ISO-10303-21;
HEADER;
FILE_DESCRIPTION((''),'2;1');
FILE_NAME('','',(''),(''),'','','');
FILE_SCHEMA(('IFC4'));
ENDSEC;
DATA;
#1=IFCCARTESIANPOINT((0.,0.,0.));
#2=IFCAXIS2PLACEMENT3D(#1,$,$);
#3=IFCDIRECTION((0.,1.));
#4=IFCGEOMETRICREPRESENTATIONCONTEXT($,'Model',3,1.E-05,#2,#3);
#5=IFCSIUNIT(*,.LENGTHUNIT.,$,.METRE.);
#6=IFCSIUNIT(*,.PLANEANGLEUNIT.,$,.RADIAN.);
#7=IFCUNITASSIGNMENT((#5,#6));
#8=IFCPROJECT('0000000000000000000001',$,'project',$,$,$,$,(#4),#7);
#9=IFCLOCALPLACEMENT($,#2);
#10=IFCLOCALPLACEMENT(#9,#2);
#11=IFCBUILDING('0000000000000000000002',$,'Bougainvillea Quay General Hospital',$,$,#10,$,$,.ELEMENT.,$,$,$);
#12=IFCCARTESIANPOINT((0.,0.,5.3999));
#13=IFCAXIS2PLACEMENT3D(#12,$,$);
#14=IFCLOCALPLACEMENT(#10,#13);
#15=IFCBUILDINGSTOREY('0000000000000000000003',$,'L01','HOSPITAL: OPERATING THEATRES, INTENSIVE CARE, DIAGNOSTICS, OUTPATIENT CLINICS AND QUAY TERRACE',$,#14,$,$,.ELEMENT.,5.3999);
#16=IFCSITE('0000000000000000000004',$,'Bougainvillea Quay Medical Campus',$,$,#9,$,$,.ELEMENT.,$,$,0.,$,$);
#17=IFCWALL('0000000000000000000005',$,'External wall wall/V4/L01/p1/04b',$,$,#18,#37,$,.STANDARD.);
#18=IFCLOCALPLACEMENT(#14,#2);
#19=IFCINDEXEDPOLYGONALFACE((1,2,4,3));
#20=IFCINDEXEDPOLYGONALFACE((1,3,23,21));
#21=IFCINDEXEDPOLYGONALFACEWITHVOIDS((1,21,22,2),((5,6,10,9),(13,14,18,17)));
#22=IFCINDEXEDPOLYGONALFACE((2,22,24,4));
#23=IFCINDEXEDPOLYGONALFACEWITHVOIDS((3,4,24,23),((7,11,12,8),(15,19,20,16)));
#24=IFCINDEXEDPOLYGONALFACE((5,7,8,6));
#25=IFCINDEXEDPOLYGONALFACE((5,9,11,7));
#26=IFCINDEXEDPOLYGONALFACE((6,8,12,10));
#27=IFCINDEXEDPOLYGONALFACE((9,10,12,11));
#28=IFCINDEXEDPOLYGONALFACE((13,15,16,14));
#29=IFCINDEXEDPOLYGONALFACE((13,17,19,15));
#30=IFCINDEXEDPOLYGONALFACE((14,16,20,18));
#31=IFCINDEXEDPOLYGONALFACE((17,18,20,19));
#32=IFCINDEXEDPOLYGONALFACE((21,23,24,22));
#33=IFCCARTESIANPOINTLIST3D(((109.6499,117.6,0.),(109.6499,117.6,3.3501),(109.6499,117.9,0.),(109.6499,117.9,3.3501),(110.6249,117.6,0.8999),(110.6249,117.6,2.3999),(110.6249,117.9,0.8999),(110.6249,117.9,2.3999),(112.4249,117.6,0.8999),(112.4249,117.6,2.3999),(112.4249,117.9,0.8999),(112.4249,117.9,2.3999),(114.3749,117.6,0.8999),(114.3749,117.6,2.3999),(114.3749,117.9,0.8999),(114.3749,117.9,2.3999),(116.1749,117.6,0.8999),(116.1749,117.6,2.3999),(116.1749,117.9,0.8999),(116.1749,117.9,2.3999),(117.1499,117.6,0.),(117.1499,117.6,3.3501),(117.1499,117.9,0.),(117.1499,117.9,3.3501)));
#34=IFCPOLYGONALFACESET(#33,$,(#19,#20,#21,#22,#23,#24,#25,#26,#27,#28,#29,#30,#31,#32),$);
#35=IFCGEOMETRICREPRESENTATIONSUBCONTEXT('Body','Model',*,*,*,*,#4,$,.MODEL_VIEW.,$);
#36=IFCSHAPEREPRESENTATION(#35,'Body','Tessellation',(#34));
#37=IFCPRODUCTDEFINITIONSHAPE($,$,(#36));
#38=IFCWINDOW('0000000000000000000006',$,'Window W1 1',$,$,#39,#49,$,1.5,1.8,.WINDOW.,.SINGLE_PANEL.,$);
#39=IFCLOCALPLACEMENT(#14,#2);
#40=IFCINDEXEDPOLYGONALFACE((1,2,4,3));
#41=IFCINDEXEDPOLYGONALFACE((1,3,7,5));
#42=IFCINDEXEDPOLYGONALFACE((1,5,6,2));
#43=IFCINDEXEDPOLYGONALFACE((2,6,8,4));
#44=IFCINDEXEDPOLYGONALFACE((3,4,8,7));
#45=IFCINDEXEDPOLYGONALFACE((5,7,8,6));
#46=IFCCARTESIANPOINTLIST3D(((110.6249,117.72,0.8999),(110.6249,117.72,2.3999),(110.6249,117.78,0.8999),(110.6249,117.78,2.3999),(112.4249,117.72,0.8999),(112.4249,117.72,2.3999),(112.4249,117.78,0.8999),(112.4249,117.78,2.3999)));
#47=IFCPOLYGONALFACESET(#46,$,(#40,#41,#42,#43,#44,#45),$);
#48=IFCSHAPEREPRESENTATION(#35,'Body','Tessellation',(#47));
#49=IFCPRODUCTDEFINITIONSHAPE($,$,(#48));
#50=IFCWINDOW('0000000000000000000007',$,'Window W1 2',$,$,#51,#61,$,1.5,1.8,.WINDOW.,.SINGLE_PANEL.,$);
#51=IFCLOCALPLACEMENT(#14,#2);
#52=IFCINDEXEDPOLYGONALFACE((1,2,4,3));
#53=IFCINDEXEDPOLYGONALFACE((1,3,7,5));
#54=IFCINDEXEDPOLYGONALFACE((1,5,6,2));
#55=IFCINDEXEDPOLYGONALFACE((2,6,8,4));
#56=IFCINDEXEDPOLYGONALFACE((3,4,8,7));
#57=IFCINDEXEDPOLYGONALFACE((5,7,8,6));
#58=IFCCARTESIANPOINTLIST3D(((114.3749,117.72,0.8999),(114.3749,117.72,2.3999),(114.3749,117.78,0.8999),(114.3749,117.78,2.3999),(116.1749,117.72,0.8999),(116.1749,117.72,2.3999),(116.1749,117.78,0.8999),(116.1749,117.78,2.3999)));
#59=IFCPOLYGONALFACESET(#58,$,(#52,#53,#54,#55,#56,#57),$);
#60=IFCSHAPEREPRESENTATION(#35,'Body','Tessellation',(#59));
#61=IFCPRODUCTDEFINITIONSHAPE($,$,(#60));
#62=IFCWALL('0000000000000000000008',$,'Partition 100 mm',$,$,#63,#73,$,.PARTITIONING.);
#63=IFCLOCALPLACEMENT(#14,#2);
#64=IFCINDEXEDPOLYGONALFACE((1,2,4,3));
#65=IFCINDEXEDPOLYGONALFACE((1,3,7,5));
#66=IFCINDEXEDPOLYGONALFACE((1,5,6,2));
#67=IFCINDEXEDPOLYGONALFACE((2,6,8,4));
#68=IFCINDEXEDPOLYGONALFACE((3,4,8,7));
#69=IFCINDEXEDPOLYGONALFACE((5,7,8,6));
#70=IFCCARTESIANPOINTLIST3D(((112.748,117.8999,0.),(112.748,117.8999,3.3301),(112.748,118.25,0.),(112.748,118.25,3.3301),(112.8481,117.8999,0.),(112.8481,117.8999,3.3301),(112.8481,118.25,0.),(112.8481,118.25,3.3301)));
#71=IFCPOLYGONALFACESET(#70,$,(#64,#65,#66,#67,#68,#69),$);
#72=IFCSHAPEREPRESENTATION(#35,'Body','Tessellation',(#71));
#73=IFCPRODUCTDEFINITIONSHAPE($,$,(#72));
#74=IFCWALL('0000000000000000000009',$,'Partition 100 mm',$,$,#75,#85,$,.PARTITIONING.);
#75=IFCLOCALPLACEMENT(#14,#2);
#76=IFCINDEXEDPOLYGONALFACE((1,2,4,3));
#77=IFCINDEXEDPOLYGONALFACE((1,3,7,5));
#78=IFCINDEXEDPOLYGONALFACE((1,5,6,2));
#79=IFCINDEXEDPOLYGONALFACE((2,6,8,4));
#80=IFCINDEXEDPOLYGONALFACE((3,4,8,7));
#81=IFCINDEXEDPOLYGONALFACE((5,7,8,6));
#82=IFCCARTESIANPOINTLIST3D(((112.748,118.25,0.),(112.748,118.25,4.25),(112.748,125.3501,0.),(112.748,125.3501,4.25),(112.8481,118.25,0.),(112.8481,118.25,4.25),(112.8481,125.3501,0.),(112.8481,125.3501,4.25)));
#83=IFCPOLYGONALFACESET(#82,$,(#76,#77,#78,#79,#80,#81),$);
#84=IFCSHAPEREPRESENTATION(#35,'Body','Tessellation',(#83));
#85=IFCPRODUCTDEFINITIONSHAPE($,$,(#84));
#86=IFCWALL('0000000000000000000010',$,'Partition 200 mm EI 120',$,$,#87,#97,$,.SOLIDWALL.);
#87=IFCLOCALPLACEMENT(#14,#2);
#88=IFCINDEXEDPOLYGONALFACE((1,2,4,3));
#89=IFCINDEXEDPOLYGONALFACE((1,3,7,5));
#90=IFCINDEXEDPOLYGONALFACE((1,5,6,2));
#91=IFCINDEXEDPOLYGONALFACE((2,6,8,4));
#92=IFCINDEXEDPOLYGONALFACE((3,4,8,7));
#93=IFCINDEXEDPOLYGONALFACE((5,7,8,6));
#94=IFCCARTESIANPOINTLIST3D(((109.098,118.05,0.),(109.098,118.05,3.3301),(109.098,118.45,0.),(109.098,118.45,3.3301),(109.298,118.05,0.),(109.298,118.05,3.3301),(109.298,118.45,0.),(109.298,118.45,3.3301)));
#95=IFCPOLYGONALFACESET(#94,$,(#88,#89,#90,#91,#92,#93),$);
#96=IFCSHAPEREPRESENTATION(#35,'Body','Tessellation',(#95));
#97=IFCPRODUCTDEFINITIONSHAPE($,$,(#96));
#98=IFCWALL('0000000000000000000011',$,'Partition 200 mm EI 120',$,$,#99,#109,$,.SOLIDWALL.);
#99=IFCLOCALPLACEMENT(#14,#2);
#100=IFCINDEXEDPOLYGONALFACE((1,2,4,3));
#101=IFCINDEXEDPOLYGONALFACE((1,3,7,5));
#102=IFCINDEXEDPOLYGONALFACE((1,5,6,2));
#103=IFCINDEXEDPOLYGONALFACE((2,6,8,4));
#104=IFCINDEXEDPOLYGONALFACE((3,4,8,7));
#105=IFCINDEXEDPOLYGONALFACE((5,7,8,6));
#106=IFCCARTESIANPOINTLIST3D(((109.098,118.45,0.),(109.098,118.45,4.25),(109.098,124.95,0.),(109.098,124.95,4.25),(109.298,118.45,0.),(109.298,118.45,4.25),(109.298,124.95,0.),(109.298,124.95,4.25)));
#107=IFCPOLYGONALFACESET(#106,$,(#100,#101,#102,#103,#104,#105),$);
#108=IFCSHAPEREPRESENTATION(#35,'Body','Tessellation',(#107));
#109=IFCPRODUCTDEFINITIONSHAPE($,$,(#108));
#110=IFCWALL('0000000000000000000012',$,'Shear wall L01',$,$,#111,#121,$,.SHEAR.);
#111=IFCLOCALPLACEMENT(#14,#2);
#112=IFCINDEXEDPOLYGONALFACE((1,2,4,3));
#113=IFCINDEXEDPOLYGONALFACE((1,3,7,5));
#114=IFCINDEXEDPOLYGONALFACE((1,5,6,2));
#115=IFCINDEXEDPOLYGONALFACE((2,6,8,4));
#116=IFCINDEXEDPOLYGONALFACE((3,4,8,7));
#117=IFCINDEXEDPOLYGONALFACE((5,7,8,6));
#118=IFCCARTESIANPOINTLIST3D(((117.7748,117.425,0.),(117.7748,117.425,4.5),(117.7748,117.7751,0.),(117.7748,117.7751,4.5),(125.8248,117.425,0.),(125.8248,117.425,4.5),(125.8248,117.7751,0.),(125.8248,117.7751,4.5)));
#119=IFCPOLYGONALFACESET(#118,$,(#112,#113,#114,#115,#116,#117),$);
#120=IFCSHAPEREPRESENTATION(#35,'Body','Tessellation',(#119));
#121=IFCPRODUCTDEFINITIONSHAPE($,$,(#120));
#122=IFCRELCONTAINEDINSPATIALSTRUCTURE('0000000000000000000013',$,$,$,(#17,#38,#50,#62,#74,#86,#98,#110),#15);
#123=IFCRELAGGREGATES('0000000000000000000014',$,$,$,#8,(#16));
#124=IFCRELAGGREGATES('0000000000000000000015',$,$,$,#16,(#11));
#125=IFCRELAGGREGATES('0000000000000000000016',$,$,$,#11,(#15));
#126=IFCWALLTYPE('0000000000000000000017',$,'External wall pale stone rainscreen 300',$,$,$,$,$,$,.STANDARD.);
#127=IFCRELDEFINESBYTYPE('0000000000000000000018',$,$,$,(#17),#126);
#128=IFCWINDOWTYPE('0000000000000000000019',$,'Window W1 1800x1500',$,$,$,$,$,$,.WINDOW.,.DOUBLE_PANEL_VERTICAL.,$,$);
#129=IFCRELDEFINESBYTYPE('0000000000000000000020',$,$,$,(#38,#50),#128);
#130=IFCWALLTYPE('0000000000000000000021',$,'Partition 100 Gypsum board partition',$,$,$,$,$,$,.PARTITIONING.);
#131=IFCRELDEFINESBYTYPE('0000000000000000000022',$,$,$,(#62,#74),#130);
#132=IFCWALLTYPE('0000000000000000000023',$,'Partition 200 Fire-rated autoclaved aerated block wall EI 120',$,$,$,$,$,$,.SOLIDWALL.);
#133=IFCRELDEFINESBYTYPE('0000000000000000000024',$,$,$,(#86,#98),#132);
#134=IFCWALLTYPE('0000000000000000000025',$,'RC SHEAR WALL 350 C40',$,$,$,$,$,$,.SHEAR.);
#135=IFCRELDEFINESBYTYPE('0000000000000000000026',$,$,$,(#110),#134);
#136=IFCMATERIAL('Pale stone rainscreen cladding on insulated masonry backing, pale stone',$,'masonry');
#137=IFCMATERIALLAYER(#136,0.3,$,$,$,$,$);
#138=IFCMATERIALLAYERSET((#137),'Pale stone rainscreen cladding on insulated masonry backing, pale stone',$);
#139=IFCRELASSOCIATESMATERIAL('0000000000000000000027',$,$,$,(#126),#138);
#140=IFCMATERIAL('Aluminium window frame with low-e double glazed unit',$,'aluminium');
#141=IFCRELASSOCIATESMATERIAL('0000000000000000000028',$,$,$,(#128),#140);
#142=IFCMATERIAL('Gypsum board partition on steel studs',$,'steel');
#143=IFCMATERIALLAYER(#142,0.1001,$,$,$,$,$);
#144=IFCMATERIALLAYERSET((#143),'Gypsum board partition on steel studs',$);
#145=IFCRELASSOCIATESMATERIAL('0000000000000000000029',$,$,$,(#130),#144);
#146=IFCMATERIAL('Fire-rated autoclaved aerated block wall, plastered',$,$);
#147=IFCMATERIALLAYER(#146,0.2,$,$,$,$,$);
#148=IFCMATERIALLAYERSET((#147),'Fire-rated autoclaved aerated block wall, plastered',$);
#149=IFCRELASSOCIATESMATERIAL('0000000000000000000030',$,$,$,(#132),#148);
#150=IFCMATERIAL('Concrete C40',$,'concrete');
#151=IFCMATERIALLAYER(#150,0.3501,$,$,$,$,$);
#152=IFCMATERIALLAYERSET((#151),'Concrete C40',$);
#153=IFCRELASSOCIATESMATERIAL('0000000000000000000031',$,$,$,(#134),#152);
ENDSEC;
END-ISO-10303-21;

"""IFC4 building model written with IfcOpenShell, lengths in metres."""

from ifc_helpers import new_model, si_unit, direction, frame, frame_2d, origin, place, context, subcontext, project, spatial, rectangle, extrude, material, layer, layer_set, type_object, element, fill, save


model = new_model("IFC4")

# Units and contexts
model_context = context("Model", 3, precision=1e-05, world=origin(), true_north=direction((0.0, 1.0)))
body_context = subcontext(model_context, "Body", "Model", "MODEL_VIEW")
ifc_project = project(units=[si_unit("LENGTHUNIT", "METRE"), si_unit("PLANEANGLEUNIT", "RADIAN")], contexts=[model_context])

# Site, building, storey
site_placement = place(None, origin())
site = spatial("IfcSite", under=ifc_project, at=site_placement, Name="Bougainvillea Quay Medical Campus", CompositionType="ELEMENT", RefElevation=0.0)
building_placement = place(site_placement, origin())
building = spatial("IfcBuilding", under=site, at=building_placement, Name="Bougainvillea Quay General Hospital", CompositionType="ELEMENT")
storey_placement = place(building_placement, frame((0.0, 0.0, 5.3999)))
storey = spatial("IfcBuildingStorey", under=building, at=storey_placement, Name="L01", Description="HOSPITAL: OPERATING THEATRES, INTENSIVE CARE, DIAGNOSTICS, OUTPATIENT CLINICS AND QUAY TERRACE", CompositionType="ELEMENT", Elevation=5.3999)

# Shared definitions
ifc_material_1 = material(Name="Concrete C40", Category="concrete")

# Wall, openings, windows
ifc_material_2 = material(Name="Pale stone rainscreen cladding on insulated masonry backing, pale stone", Category="masonry")
ifc_layer_1 = layer(ifc_material_2, 0.3)
ifc_layer_set_1 = layer_set([ifc_layer_1], Name="Pale stone rainscreen cladding on insulated masonry backing, pale stone")
wall_type_1 = type_object("IfcWallType", Name="External wall pale stone rainscreen 300", PredefinedType="STANDARD", material=ifc_layer_set_1)
wall_1_placement = place(storey_placement, frame((109.6499, 117.75, 0.0), z_axis=(0.0, 0.0, 1.0), x_axis=(1.0, 0.0, 0.0)))
wall_1 = element("IfcWall", 1, at=wall_1_placement, inside=storey, type_object=wall_type_1, Name="External wall wall/V4/L01/p1/04b", PredefinedType="STANDARD", context=body_context, shape_type="SweptSolid", body=[
    extrude(rectangle(XDim=7.5, YDim=0.3, at=frame_2d((3.75, 0.0))), origin(), (0.0, 0.0, 1.0), 3.3501),
])
opening_1_placement = place(wall_1_placement, frame((0.9751, 0.0, 0.8999)))
opening_1 = element("IfcOpeningElement", 2, at=opening_1_placement, cuts=wall_1, PredefinedType="OPENING", context=body_context, shape_type="SweptSolid", body=[
    extrude(rectangle(XDim=1.8, YDim=1.5, at=frame_2d((0.8999, 0.75))), frame((0.0, 0.1599, 0.0), z_axis=(0.0, -1.0, 0.0), x_axis=(1.0, 0.0, 0.0)), (0.0, 0.0, 1.0), 0.3201),
])
opening_2_placement = place(wall_1_placement, frame((4.7251, 0.0, 0.8999)))
opening_2 = element("IfcOpeningElement", 3, at=opening_2_placement, cuts=wall_1, PredefinedType="OPENING", context=body_context, shape_type="SweptSolid", body=[
    extrude(rectangle(XDim=1.8, YDim=1.5, at=frame_2d((0.8999, 0.75))), frame((0.0, 0.1599, 0.0), z_axis=(0.0, -1.0, 0.0), x_axis=(1.0, 0.0, 0.0)), (0.0, 0.0, 1.0), 0.3201),
])
ifc_material_3 = material(Name="Aluminium window frame with low-e double glazed unit", Category="aluminium")
window_type = type_object("IfcWindowType", Name="Window W1 1800x1500", PartitioningType="DOUBLE_PANEL_VERTICAL", PredefinedType="WINDOW", material=ifc_material_3)
window_1_placement = place(opening_1_placement, origin())
window_1 = element("IfcWindow", 4, at=window_1_placement, inside=storey, type_object=window_type, Name="Window W1 1", OverallHeight=1.5, OverallWidth=1.8, PartitioningType="SINGLE_PANEL", PredefinedType="WINDOW", context=body_context, shape_type="SweptSolid", body=[
    extrude(rectangle(XDim=1.8, YDim=1.5, at=frame_2d((0.8999, 0.75))), frame((0.0, 0.03, 0.0), z_axis=(0.0, -1.0, 0.0), x_axis=(1.0, 0.0, 0.0)), (0.0, 0.0, 1.0), 0.0601),
])
fill(opening_1, window_1)
window_2_placement = place(opening_2_placement, origin())
window_2 = element("IfcWindow", 5, at=window_2_placement, inside=storey, type_object=window_type, Name="Window W1 2", OverallHeight=1.5, OverallWidth=1.8, PartitioningType="SINGLE_PANEL", PredefinedType="WINDOW", context=body_context, shape_type="SweptSolid", body=[
    extrude(rectangle(XDim=1.8, YDim=1.5, at=frame_2d((0.8999, 0.75))), frame((0.0, 0.03, 0.0), z_axis=(0.0, -1.0, 0.0), x_axis=(1.0, 0.0, 0.0)), (0.0, 0.0, 1.0), 0.0601),
])
fill(opening_2, window_2)

# Walls
ifc_material_4 = material(Name="Gypsum board partition on steel studs", Category="steel")
ifc_layer_2 = layer(ifc_material_4, 0.1001)
ifc_layer_set_2 = layer_set([ifc_layer_2], Name="Gypsum board partition on steel studs")
wall_type_2 = type_object("IfcWallType", Name="Partition 100 Gypsum board partition", PredefinedType="PARTITIONING", material=ifc_layer_set_2)
wall_2_placement = place(storey_placement, frame((112.7981, 117.8999, 0.0), z_axis=(0.0, 0.0, 1.0), x_axis=(0.0, 1.0, 0.0)))
element("IfcWall", 6, at=wall_2_placement, inside=storey, type_object=wall_type_2, Name="Partition 100 mm", PredefinedType="PARTITIONING", context=body_context, shape_type="SweptSolid", body=[
    extrude(rectangle(XDim=0.3501, YDim=0.1001, at=frame_2d((0.175, 0.0))), origin(), (0.0, 0.0, 1.0), 3.3301),
])
wall_3_placement = place(storey_placement, frame((112.7981, 118.25, 0.0), z_axis=(0.0, 0.0, 1.0), x_axis=(0.0, 1.0, 0.0)))
element("IfcWall", 7, at=wall_3_placement, inside=storey, type_object=wall_type_2, Name="Partition 100 mm", PredefinedType="PARTITIONING", context=body_context, shape_type="SweptSolid", body=[
    extrude(rectangle(XDim=7.1001, YDim=0.1001, at=frame_2d((3.55, 0.0))), origin(), (0.0, 0.0, 1.0), 4.25),
])
ifc_material_5 = material(Name="Fire-rated autoclaved aerated block wall, plastered")
ifc_layer_3 = layer(ifc_material_5, 0.2)
ifc_layer_set_3 = layer_set([ifc_layer_3], Name="Fire-rated autoclaved aerated block wall, plastered")
wall_type_3 = type_object("IfcWallType", Name="Partition 200 Fire-rated autoclaved aerated block wall EI 120", PredefinedType="SOLIDWALL", material=ifc_layer_set_3)
wall_4_placement = place(storey_placement, frame((109.198, 118.05, 0.0), z_axis=(0.0, 0.0, 1.0), x_axis=(0.0, 1.0, 0.0)))
element("IfcWall", 8, at=wall_4_placement, inside=storey, type_object=wall_type_3, Name="Partition 200 mm EI 120", PredefinedType="SOLIDWALL", context=body_context, shape_type="SweptSolid", body=[
    extrude(rectangle(XDim=0.3999, YDim=0.2, at=frame_2d((0.2, 0.0))), origin(), (0.0, 0.0, 1.0), 3.3301),
])
wall_5_placement = place(storey_placement, frame((109.198, 118.45, 0.0), z_axis=(0.0, 0.0, 1.0), x_axis=(0.0, 1.0, 0.0)))
element("IfcWall", 9, at=wall_5_placement, inside=storey, type_object=wall_type_3, Name="Partition 200 mm EI 120", PredefinedType="SOLIDWALL", context=body_context, shape_type="SweptSolid", body=[
    extrude(rectangle(XDim=6.5, YDim=0.2, at=frame_2d((3.25, 0.0))), origin(), (0.0, 0.0, 1.0), 4.25),
])
ifc_layer_4 = layer(ifc_material_1, 0.3501)
ifc_layer_set_4 = layer_set([ifc_layer_4], Name="Concrete C40")
wall_type_4 = type_object("IfcWallType", Name="RC SHEAR WALL 350 C40", PredefinedType="SHEAR", material=ifc_layer_set_4)
wall_6_placement = place(storey_placement, frame((117.7749, 117.6001, 0.0), z_axis=(0.0, 0.0, 1.0), x_axis=(1.0, 0.0, 0.0)))
element("IfcWall", 10, at=wall_6_placement, inside=storey, type_object=wall_type_4, Name="Shear wall L01", PredefinedType="SHEAR", context=body_context, shape_type="SweptSolid", body=[
    extrude(rectangle(XDim=8.05, YDim=0.3501, at=frame_2d((4.0249, 0.0))), origin(), (0.0, 0.0, 1.0), 4.5),
])

save(model, "model.ifc")
